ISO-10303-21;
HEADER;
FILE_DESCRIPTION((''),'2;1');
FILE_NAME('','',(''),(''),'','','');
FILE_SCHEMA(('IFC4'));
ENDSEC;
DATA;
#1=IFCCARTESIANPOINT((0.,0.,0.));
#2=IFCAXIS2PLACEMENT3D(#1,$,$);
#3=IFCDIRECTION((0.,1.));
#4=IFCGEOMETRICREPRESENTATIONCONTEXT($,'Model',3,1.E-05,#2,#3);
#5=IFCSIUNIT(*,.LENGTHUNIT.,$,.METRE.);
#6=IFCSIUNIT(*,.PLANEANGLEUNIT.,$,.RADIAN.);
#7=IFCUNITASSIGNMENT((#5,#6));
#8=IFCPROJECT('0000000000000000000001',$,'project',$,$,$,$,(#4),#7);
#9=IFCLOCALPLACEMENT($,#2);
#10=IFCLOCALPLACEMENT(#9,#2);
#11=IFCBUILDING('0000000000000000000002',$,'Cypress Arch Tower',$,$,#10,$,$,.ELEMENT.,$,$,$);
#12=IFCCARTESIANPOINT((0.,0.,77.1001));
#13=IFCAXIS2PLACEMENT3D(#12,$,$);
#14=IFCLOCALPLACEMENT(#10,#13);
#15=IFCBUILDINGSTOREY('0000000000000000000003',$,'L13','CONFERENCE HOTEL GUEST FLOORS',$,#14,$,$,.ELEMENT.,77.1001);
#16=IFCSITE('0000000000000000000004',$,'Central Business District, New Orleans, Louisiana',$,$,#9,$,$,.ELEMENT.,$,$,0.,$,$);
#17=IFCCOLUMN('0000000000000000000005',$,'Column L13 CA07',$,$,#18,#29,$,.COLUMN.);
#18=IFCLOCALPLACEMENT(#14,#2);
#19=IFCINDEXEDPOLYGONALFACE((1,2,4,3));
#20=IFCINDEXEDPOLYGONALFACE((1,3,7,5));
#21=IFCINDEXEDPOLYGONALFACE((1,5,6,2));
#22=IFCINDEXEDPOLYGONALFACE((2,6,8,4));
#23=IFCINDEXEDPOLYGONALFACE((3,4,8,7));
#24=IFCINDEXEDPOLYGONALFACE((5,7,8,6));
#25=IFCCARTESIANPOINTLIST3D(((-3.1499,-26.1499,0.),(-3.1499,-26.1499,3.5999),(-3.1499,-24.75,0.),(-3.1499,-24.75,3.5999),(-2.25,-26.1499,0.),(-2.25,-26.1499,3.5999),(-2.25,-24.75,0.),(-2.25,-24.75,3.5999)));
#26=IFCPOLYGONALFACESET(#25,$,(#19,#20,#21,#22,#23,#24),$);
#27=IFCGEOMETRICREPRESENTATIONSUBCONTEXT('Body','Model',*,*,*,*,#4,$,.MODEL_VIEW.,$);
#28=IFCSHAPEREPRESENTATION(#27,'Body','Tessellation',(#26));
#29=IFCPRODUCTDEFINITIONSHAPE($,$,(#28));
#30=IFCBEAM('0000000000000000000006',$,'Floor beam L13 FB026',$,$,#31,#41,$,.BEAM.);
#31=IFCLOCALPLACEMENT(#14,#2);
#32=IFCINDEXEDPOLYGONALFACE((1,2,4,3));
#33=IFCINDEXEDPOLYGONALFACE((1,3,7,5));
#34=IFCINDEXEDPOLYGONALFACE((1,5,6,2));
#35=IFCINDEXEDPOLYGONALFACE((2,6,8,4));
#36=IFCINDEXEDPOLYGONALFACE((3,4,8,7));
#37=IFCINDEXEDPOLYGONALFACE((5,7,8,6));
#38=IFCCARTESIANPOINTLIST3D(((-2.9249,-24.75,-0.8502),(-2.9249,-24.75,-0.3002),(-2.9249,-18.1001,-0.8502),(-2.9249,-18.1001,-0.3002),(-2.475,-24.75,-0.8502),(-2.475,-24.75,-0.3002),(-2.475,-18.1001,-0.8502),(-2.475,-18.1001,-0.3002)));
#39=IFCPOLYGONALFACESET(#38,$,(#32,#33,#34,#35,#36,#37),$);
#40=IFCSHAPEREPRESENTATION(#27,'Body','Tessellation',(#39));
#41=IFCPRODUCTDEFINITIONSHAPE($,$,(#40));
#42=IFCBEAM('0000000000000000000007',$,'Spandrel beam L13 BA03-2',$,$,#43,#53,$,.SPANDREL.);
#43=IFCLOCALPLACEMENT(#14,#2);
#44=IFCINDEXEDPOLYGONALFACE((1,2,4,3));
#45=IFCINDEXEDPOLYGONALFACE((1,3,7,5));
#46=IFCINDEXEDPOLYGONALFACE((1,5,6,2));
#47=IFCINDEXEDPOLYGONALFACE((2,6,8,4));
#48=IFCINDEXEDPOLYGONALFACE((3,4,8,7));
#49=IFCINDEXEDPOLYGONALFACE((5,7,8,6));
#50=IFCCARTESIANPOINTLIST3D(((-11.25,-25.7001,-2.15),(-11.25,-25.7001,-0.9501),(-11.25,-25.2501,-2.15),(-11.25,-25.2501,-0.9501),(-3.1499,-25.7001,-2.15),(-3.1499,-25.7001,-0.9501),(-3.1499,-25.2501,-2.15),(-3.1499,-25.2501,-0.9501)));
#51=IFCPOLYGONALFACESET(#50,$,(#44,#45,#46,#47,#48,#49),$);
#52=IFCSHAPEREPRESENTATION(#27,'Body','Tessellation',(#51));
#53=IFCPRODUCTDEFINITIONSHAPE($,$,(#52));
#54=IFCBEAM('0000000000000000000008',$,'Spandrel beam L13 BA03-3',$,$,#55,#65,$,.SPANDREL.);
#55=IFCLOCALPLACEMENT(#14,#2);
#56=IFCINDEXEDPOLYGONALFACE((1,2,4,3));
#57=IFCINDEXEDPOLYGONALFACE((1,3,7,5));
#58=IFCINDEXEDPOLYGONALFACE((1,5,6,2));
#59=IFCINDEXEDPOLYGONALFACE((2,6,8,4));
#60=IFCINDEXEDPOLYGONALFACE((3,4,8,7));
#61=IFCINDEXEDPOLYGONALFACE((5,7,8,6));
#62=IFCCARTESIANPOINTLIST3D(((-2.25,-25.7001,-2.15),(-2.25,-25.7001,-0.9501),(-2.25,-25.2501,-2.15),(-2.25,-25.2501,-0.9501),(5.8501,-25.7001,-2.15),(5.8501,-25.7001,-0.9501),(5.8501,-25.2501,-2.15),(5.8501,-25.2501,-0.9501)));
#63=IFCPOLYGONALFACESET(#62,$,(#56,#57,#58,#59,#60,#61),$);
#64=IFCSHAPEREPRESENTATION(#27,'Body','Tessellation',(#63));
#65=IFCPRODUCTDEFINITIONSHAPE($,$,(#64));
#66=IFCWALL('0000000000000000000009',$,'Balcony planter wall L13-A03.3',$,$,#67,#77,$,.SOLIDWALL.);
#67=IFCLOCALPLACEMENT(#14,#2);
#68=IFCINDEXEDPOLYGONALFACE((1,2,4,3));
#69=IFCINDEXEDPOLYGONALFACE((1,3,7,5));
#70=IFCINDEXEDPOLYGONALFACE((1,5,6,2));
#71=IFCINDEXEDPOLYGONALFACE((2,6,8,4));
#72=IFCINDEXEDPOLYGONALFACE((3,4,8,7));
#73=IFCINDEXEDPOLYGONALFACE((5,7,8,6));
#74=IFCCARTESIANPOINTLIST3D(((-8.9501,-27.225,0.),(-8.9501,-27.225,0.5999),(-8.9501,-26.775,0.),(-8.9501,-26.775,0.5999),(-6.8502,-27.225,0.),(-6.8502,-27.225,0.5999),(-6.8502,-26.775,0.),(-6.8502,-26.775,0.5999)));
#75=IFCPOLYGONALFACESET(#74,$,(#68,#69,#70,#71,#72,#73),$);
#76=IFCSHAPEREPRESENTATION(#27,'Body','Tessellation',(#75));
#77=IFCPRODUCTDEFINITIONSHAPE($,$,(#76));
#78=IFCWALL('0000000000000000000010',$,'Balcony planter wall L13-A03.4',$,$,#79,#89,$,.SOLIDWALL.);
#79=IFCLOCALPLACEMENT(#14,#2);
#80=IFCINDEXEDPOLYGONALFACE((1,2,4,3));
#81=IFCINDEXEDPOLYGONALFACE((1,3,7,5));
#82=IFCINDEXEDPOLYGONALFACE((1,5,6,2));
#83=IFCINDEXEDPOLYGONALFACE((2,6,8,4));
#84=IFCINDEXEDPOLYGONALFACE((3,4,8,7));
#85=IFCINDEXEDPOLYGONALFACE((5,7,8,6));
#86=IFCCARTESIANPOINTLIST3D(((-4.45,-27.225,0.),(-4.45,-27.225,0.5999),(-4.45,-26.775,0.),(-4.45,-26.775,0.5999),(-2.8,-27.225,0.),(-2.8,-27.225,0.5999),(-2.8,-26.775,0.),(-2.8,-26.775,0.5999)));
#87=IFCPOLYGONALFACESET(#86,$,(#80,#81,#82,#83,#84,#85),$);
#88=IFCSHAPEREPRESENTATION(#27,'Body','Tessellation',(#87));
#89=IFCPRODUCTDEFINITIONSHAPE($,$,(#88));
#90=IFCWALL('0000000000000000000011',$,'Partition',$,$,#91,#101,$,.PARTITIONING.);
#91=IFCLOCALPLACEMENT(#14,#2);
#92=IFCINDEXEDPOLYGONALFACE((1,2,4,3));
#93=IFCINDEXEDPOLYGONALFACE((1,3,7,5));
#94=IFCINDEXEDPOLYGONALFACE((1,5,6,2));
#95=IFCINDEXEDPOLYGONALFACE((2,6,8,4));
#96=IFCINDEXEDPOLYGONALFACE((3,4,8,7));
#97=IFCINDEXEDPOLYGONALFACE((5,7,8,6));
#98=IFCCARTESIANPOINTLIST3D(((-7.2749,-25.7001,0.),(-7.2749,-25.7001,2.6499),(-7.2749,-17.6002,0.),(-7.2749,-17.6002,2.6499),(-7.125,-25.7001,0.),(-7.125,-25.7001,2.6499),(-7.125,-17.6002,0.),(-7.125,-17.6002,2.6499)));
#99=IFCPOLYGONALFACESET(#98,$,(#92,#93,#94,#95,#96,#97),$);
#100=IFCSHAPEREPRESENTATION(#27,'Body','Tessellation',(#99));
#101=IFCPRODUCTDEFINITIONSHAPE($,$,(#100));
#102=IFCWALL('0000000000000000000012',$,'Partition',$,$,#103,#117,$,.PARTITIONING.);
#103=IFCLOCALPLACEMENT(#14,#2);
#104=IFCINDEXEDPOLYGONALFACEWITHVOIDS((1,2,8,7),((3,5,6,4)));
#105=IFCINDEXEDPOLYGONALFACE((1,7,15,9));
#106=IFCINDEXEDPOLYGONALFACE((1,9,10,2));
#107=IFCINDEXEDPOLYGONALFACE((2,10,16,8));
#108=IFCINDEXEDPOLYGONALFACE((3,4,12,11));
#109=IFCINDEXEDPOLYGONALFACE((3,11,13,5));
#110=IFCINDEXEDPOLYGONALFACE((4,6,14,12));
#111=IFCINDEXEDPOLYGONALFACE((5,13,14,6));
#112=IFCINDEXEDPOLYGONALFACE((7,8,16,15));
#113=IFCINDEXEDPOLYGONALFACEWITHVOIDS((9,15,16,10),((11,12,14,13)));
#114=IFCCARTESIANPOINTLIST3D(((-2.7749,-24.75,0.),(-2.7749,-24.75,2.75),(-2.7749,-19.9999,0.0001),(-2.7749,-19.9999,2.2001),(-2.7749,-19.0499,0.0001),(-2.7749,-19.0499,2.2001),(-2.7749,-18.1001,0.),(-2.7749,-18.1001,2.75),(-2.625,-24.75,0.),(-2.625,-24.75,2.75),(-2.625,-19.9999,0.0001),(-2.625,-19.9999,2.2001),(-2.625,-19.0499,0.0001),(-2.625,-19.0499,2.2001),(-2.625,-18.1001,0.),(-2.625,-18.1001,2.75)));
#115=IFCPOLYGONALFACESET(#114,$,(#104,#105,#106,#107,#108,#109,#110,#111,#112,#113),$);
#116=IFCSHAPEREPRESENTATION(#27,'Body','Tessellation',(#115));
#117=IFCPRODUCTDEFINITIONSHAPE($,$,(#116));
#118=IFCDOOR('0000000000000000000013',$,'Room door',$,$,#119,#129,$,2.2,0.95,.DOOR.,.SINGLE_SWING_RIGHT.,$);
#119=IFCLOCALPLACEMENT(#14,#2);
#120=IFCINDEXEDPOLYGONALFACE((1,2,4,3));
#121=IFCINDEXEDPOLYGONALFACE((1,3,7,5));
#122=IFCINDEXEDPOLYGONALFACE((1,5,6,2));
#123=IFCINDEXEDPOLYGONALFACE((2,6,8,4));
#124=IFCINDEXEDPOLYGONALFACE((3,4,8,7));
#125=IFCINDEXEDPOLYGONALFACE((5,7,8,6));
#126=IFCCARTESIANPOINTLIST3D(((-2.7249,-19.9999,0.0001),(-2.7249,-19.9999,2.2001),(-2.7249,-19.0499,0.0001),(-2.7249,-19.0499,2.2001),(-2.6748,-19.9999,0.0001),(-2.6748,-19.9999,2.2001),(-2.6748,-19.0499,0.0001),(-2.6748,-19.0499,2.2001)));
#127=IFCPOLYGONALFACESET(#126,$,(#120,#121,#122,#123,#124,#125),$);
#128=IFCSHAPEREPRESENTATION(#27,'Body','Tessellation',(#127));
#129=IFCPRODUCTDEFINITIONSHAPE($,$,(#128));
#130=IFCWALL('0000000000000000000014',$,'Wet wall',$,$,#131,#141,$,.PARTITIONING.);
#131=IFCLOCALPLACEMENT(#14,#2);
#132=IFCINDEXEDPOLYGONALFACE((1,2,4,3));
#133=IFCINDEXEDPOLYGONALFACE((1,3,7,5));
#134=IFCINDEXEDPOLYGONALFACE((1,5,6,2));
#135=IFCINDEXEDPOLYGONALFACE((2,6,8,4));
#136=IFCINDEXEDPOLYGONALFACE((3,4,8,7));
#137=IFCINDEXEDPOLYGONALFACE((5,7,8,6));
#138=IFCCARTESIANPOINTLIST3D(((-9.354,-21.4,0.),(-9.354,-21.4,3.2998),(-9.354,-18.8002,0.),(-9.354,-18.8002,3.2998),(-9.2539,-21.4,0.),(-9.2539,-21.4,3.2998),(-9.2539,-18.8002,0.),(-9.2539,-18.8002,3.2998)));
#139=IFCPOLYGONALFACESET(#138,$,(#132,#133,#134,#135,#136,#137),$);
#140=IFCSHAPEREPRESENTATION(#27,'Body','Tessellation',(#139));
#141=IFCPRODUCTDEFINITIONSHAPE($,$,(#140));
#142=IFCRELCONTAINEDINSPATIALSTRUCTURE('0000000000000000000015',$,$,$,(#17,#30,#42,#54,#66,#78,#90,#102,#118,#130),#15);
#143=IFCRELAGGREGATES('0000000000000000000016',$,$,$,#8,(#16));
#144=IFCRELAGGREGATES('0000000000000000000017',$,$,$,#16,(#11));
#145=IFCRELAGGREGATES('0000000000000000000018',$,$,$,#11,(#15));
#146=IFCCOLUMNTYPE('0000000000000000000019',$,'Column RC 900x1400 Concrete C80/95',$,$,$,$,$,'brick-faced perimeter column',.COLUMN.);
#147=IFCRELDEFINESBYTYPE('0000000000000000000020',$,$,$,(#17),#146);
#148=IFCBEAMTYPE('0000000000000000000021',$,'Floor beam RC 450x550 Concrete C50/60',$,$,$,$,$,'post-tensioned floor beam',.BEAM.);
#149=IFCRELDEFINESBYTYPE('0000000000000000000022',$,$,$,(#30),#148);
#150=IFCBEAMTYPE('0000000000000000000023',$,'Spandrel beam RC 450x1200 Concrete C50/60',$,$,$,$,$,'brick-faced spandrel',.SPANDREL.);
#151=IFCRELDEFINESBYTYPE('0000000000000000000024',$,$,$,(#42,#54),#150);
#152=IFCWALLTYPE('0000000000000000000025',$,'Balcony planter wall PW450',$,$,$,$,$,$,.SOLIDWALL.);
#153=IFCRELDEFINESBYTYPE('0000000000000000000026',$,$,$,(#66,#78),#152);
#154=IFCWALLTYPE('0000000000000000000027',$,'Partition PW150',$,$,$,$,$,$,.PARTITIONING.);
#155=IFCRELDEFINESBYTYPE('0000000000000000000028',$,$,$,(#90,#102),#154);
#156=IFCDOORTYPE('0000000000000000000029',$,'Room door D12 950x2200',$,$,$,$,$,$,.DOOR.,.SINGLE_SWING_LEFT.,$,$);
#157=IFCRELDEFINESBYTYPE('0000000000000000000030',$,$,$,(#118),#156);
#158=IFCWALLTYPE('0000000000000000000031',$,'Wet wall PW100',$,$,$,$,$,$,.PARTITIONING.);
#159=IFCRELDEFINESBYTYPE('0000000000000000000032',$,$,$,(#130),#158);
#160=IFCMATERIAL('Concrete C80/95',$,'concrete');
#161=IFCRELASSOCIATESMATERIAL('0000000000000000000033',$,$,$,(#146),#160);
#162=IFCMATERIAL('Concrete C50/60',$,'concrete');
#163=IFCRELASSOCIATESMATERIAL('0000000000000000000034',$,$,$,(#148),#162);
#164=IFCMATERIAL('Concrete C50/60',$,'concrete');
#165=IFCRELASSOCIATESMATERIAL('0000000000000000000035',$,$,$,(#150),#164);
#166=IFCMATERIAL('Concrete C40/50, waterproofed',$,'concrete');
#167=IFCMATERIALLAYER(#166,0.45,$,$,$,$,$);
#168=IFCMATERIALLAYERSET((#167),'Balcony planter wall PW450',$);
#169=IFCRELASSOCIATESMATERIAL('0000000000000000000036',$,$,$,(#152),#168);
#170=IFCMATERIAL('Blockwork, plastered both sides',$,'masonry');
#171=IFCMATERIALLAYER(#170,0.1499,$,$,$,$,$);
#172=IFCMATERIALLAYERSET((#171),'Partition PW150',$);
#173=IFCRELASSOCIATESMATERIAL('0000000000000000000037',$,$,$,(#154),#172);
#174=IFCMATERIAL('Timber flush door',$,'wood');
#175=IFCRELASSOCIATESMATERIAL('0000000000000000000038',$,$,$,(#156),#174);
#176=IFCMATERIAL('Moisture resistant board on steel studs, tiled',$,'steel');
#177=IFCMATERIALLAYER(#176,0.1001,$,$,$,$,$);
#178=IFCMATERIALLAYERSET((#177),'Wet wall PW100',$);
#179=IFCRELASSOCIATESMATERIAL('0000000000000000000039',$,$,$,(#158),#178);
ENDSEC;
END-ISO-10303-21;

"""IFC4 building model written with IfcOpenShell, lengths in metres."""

from ifc_helpers import new_model, si_unit, direction, frame, frame_2d, origin, origin_2d, place, context, subcontext, project, spatial, rectangle, extrude, material, layer, layer_set, material_profile, profile_set, type_object, element, fill, save


model = new_model("IFC4")

# Units and contexts
model_context = context("Model", 3, precision=1e-05, world=origin(), true_north=direction((0.0, 1.0)))
body_context = subcontext(model_context, "Body", "Model", "MODEL_VIEW")
ifc_project = project(units=[si_unit("LENGTHUNIT", "METRE"), si_unit("PLANEANGLEUNIT", "RADIAN")], contexts=[model_context])

# Site, building, storey
site_placement = place(None, origin())
site = spatial("IfcSite", under=ifc_project, at=site_placement, Name="Central Business District, New Orleans, Louisiana", CompositionType="ELEMENT", RefElevation=0.0)
building_placement = place(site_placement, origin())
building = spatial("IfcBuilding", under=site, at=building_placement, Name="Cypress Arch Tower", CompositionType="ELEMENT")
storey_placement = place(building_placement, frame((0.0, 0.0, 77.1001)))
storey = spatial("IfcBuildingStorey", under=building, at=storey_placement, Name="L13", Description="CONFERENCE HOTEL GUEST FLOORS", CompositionType="ELEMENT", Elevation=77.1001)

# Column
ifc_material_1 = material(Name="Concrete C80/95", Category="concrete")
ifc_material_profile_1 = material_profile(ifc_material_1, rectangle(XDim=0.8999, YDim=1.3999, at=origin_2d()), Name="RC 900x1400")
ifc_profile_set_1 = profile_set([ifc_material_profile_1], Name="Concrete C80/95")
column_type = type_object("IfcColumnType", Name="Column RC 900x1400 Concrete C80/95", ElementType="brick-faced perimeter column", PredefinedType="COLUMN", material=ifc_profile_set_1)
column_placement = place(storey_placement, frame((-2.7, -25.45, 0.0), z_axis=(0.0, 0.0, 1.0), x_axis=(1.0, 0.0, 0.0)))
element("IfcColumn", 1, at=column_placement, inside=storey, type_object=column_type, Name="Column L13 CA07", PredefinedType="COLUMN", context=body_context, shape_type="SweptSolid", body=[
    extrude(rectangle(XDim=0.8999, YDim=1.3999, at=origin_2d()), origin(), (0.0, 0.0, 1.0), 3.5999),
])

# Beams
ifc_material_2 = material(Name="Concrete C50/60", Category="concrete")
ifc_material_profile_2 = material_profile(ifc_material_2, rectangle(XDim=0.45, YDim=0.55, at=origin_2d()), Name="RC 450x550")
ifc_profile_set_2 = profile_set([ifc_material_profile_2], Name="Concrete C50/60")
beam_type_1 = type_object("IfcBeamType", Name="Floor beam RC 450x550 Concrete C50/60", ElementType="post-tensioned floor beam", PredefinedType="BEAM", material=ifc_profile_set_2)
beam_placement = place(storey_placement, frame((-2.7, -24.75, -0.5752), z_axis=(0.0, 1.0, 0.0), x_axis=(-1.0, 0.0, 0.0)))
element("IfcBeam", 2, at=beam_placement, inside=storey, type_object=beam_type_1, Name="Floor beam L13 FB026", PredefinedType="BEAM", context=body_context, shape_type="SweptSolid", body=[
    extrude(rectangle(XDim=0.45, YDim=0.55, at=origin_2d()), origin(), (0.0, 0.0, 1.0), 6.6499),
])
ifc_material_3 = material(Name="Concrete C50/60", Category="concrete")
ifc_material_profile_3 = material_profile(ifc_material_3, rectangle(XDim=0.45, YDim=1.2, at=origin_2d()), Name="RC 450x1200")
ifc_profile_set_3 = profile_set([ifc_material_profile_3], Name="Concrete C50/60")
beam_type_2 = type_object("IfcBeamType", Name="Spandrel beam RC 450x1200 Concrete C50/60", ElementType="brick-faced spandrel", PredefinedType="SPANDREL", material=ifc_profile_set_3)
for number, where, z_axis, x_axis, name in (
    (3, (-11.25, -25.4751, -1.55), (1.0, 0.0, 0.0), (0.0, 1.0, 0.0), "Spandrel beam L13 BA03-2"),
    (4, (-2.25, -25.4751, -1.55), (1.0, 0.0, 0.0), (0.0, 1.0, 0.0), "Spandrel beam L13 BA03-3"),
):
    element("IfcBeam", number, at=place(storey_placement, frame(where, z_axis=z_axis, x_axis=x_axis)), inside=storey, type_object=beam_type_2, Name=name, PredefinedType="SPANDREL", context=body_context, shape_type="SweptSolid", body=[
        extrude(rectangle(XDim=0.45, YDim=1.2, at=origin_2d()), origin(), (0.0, 0.0, 1.0), 8.1001),
    ])

# Walls
ifc_material_4 = material(Name="Concrete C40/50, waterproofed", Category="concrete")
ifc_layer_1 = layer(ifc_material_4, 0.45)
ifc_layer_set_1 = layer_set([ifc_layer_1], Name="Balcony planter wall PW450")
wall_type_1 = type_object("IfcWallType", Name="Balcony planter wall PW450", PredefinedType="SOLIDWALL", material=ifc_layer_set_1)
wall_1_placement = place(storey_placement, frame((-8.95, -27.0, 0.0), z_axis=(0.0, 0.0, 1.0), x_axis=(1.0, 0.0, 0.0)))
element("IfcWall", 5, at=wall_1_placement, inside=storey, type_object=wall_type_1, Name="Balcony planter wall L13-A03.3", PredefinedType="SOLIDWALL", context=body_context, shape_type="SweptSolid", body=[
    extrude(rectangle(XDim=2.0999, YDim=0.45, at=frame_2d((1.0498, 0.0))), origin(), (0.0, 0.0, 1.0), 0.5999),
])
wall_2_placement = place(storey_placement, frame((-4.45, -27.0, 0.0), z_axis=(0.0, 0.0, 1.0), x_axis=(1.0, 0.0, 0.0)))
element("IfcWall", 6, at=wall_2_placement, inside=storey, type_object=wall_type_1, Name="Balcony planter wall L13-A03.4", PredefinedType="SOLIDWALL", context=body_context, shape_type="SweptSolid", body=[
    extrude(rectangle(XDim=1.6499, YDim=0.45, at=frame_2d((0.825, 0.0))), origin(), (0.0, 0.0, 1.0), 0.5999),
])

# Wall
ifc_material_5 = material(Name="Blockwork, plastered both sides", Category="masonry")
ifc_layer_2 = layer(ifc_material_5, 0.1499)
ifc_layer_set_2 = layer_set([ifc_layer_2], Name="Partition PW150")
wall_type_2 = type_object("IfcWallType", Name="Partition PW150", PredefinedType="PARTITIONING", material=ifc_layer_set_2)
wall_3_placement = place(storey_placement, frame((-7.2, -25.7, 0.0), z_axis=(0.0, 0.0, 1.0), x_axis=(0.0, 1.0, 0.0)))
element("IfcWall", 7, at=wall_3_placement, inside=storey, type_object=wall_type_2, Name="Partition", PredefinedType="PARTITIONING", context=body_context, shape_type="SweptSolid", body=[
    extrude(rectangle(XDim=8.0999, YDim=0.1499, at=frame_2d((4.0498, 0.0))), origin(), (0.0, 0.0, 1.0), 2.6499),
])

# Wall, opening, door
wall_4_placement = place(storey_placement, frame((-2.7, -24.75, 0.0), z_axis=(0.0, 0.0, 1.0), x_axis=(0.0, 1.0, 0.0)))
wall_4 = element("IfcWall", 8, at=wall_4_placement, inside=storey, type_object=wall_type_2, Name="Partition", PredefinedType="PARTITIONING", context=body_context, shape_type="SweptSolid", body=[
    extrude(rectangle(XDim=6.6499, YDim=0.1499, at=frame_2d((3.325, 0.0))), origin(), (0.0, 0.0, 1.0), 2.75),
])
opening_1_placement = place(wall_4_placement, frame((4.75, 0.0, 0.0)))
opening_1 = element("IfcOpeningElement", 9, at=opening_1_placement, cuts=wall_4, PredefinedType="OPENING", context=body_context, shape_type="SweptSolid", body=[
    extrude(rectangle(XDim=0.95, YDim=2.2, at=frame_2d((0.4751, 1.1001))), frame((0.0, 0.085, 0.0), z_axis=(0.0, -1.0, 0.0), x_axis=(1.0, 0.0, 0.0)), (0.0, 0.0, 1.0), 0.1699),
])
ifc_material_6 = material(Name="Timber flush door", Category="wood")
door_type_1 = type_object("IfcDoorType", Name="Room door D12 950x2200", OperationType="SINGLE_SWING_LEFT", PredefinedType="DOOR", material=ifc_material_6)
door_1_placement = place(opening_1_placement, origin())
door_1 = element("IfcDoor", 10, at=door_1_placement, inside=storey, type_object=door_type_1, Name="Room door", OperationType="SINGLE_SWING_RIGHT", OverallHeight=2.2, OverallWidth=0.95, PredefinedType="DOOR", context=body_context, shape_type="SweptSolid", body=[
    extrude(rectangle(XDim=0.95, YDim=2.2, at=frame_2d((0.4751, 1.1001))), frame((0.0, 0.0249, 0.0), z_axis=(0.0, -1.0, 0.0), x_axis=(1.0, 0.0, 0.0)), (0.0, 0.0, 1.0), 0.05),
])
fill(opening_1, door_1)

# Wall
ifc_material_7 = material(Name="Moisture resistant board on steel studs, tiled", Category="steel")
ifc_layer_3 = layer(ifc_material_7, 0.1001)
ifc_layer_set_3 = layer_set([ifc_layer_3], Name="Wet wall PW100")
wall_type_3 = type_object("IfcWallType", Name="Wet wall PW100", PredefinedType="PARTITIONING", material=ifc_layer_set_3)
wall_5_placement = place(storey_placement, frame((-9.304, -21.3999, 0.0), z_axis=(0.0, 0.0, 1.0), x_axis=(0.0, 1.0, 0.0)))
element("IfcWall", 11, at=wall_5_placement, inside=storey, type_object=wall_type_3, Name="Wet wall", PredefinedType="PARTITIONING", context=body_context, shape_type="SweptSolid", body=[
    extrude(rectangle(XDim=2.5999, YDim=0.1001, at=frame_2d((1.2998, 0.0))), origin(), (0.0, 0.0, 1.0), 3.2998),
])

save(model, "model.ifc")
